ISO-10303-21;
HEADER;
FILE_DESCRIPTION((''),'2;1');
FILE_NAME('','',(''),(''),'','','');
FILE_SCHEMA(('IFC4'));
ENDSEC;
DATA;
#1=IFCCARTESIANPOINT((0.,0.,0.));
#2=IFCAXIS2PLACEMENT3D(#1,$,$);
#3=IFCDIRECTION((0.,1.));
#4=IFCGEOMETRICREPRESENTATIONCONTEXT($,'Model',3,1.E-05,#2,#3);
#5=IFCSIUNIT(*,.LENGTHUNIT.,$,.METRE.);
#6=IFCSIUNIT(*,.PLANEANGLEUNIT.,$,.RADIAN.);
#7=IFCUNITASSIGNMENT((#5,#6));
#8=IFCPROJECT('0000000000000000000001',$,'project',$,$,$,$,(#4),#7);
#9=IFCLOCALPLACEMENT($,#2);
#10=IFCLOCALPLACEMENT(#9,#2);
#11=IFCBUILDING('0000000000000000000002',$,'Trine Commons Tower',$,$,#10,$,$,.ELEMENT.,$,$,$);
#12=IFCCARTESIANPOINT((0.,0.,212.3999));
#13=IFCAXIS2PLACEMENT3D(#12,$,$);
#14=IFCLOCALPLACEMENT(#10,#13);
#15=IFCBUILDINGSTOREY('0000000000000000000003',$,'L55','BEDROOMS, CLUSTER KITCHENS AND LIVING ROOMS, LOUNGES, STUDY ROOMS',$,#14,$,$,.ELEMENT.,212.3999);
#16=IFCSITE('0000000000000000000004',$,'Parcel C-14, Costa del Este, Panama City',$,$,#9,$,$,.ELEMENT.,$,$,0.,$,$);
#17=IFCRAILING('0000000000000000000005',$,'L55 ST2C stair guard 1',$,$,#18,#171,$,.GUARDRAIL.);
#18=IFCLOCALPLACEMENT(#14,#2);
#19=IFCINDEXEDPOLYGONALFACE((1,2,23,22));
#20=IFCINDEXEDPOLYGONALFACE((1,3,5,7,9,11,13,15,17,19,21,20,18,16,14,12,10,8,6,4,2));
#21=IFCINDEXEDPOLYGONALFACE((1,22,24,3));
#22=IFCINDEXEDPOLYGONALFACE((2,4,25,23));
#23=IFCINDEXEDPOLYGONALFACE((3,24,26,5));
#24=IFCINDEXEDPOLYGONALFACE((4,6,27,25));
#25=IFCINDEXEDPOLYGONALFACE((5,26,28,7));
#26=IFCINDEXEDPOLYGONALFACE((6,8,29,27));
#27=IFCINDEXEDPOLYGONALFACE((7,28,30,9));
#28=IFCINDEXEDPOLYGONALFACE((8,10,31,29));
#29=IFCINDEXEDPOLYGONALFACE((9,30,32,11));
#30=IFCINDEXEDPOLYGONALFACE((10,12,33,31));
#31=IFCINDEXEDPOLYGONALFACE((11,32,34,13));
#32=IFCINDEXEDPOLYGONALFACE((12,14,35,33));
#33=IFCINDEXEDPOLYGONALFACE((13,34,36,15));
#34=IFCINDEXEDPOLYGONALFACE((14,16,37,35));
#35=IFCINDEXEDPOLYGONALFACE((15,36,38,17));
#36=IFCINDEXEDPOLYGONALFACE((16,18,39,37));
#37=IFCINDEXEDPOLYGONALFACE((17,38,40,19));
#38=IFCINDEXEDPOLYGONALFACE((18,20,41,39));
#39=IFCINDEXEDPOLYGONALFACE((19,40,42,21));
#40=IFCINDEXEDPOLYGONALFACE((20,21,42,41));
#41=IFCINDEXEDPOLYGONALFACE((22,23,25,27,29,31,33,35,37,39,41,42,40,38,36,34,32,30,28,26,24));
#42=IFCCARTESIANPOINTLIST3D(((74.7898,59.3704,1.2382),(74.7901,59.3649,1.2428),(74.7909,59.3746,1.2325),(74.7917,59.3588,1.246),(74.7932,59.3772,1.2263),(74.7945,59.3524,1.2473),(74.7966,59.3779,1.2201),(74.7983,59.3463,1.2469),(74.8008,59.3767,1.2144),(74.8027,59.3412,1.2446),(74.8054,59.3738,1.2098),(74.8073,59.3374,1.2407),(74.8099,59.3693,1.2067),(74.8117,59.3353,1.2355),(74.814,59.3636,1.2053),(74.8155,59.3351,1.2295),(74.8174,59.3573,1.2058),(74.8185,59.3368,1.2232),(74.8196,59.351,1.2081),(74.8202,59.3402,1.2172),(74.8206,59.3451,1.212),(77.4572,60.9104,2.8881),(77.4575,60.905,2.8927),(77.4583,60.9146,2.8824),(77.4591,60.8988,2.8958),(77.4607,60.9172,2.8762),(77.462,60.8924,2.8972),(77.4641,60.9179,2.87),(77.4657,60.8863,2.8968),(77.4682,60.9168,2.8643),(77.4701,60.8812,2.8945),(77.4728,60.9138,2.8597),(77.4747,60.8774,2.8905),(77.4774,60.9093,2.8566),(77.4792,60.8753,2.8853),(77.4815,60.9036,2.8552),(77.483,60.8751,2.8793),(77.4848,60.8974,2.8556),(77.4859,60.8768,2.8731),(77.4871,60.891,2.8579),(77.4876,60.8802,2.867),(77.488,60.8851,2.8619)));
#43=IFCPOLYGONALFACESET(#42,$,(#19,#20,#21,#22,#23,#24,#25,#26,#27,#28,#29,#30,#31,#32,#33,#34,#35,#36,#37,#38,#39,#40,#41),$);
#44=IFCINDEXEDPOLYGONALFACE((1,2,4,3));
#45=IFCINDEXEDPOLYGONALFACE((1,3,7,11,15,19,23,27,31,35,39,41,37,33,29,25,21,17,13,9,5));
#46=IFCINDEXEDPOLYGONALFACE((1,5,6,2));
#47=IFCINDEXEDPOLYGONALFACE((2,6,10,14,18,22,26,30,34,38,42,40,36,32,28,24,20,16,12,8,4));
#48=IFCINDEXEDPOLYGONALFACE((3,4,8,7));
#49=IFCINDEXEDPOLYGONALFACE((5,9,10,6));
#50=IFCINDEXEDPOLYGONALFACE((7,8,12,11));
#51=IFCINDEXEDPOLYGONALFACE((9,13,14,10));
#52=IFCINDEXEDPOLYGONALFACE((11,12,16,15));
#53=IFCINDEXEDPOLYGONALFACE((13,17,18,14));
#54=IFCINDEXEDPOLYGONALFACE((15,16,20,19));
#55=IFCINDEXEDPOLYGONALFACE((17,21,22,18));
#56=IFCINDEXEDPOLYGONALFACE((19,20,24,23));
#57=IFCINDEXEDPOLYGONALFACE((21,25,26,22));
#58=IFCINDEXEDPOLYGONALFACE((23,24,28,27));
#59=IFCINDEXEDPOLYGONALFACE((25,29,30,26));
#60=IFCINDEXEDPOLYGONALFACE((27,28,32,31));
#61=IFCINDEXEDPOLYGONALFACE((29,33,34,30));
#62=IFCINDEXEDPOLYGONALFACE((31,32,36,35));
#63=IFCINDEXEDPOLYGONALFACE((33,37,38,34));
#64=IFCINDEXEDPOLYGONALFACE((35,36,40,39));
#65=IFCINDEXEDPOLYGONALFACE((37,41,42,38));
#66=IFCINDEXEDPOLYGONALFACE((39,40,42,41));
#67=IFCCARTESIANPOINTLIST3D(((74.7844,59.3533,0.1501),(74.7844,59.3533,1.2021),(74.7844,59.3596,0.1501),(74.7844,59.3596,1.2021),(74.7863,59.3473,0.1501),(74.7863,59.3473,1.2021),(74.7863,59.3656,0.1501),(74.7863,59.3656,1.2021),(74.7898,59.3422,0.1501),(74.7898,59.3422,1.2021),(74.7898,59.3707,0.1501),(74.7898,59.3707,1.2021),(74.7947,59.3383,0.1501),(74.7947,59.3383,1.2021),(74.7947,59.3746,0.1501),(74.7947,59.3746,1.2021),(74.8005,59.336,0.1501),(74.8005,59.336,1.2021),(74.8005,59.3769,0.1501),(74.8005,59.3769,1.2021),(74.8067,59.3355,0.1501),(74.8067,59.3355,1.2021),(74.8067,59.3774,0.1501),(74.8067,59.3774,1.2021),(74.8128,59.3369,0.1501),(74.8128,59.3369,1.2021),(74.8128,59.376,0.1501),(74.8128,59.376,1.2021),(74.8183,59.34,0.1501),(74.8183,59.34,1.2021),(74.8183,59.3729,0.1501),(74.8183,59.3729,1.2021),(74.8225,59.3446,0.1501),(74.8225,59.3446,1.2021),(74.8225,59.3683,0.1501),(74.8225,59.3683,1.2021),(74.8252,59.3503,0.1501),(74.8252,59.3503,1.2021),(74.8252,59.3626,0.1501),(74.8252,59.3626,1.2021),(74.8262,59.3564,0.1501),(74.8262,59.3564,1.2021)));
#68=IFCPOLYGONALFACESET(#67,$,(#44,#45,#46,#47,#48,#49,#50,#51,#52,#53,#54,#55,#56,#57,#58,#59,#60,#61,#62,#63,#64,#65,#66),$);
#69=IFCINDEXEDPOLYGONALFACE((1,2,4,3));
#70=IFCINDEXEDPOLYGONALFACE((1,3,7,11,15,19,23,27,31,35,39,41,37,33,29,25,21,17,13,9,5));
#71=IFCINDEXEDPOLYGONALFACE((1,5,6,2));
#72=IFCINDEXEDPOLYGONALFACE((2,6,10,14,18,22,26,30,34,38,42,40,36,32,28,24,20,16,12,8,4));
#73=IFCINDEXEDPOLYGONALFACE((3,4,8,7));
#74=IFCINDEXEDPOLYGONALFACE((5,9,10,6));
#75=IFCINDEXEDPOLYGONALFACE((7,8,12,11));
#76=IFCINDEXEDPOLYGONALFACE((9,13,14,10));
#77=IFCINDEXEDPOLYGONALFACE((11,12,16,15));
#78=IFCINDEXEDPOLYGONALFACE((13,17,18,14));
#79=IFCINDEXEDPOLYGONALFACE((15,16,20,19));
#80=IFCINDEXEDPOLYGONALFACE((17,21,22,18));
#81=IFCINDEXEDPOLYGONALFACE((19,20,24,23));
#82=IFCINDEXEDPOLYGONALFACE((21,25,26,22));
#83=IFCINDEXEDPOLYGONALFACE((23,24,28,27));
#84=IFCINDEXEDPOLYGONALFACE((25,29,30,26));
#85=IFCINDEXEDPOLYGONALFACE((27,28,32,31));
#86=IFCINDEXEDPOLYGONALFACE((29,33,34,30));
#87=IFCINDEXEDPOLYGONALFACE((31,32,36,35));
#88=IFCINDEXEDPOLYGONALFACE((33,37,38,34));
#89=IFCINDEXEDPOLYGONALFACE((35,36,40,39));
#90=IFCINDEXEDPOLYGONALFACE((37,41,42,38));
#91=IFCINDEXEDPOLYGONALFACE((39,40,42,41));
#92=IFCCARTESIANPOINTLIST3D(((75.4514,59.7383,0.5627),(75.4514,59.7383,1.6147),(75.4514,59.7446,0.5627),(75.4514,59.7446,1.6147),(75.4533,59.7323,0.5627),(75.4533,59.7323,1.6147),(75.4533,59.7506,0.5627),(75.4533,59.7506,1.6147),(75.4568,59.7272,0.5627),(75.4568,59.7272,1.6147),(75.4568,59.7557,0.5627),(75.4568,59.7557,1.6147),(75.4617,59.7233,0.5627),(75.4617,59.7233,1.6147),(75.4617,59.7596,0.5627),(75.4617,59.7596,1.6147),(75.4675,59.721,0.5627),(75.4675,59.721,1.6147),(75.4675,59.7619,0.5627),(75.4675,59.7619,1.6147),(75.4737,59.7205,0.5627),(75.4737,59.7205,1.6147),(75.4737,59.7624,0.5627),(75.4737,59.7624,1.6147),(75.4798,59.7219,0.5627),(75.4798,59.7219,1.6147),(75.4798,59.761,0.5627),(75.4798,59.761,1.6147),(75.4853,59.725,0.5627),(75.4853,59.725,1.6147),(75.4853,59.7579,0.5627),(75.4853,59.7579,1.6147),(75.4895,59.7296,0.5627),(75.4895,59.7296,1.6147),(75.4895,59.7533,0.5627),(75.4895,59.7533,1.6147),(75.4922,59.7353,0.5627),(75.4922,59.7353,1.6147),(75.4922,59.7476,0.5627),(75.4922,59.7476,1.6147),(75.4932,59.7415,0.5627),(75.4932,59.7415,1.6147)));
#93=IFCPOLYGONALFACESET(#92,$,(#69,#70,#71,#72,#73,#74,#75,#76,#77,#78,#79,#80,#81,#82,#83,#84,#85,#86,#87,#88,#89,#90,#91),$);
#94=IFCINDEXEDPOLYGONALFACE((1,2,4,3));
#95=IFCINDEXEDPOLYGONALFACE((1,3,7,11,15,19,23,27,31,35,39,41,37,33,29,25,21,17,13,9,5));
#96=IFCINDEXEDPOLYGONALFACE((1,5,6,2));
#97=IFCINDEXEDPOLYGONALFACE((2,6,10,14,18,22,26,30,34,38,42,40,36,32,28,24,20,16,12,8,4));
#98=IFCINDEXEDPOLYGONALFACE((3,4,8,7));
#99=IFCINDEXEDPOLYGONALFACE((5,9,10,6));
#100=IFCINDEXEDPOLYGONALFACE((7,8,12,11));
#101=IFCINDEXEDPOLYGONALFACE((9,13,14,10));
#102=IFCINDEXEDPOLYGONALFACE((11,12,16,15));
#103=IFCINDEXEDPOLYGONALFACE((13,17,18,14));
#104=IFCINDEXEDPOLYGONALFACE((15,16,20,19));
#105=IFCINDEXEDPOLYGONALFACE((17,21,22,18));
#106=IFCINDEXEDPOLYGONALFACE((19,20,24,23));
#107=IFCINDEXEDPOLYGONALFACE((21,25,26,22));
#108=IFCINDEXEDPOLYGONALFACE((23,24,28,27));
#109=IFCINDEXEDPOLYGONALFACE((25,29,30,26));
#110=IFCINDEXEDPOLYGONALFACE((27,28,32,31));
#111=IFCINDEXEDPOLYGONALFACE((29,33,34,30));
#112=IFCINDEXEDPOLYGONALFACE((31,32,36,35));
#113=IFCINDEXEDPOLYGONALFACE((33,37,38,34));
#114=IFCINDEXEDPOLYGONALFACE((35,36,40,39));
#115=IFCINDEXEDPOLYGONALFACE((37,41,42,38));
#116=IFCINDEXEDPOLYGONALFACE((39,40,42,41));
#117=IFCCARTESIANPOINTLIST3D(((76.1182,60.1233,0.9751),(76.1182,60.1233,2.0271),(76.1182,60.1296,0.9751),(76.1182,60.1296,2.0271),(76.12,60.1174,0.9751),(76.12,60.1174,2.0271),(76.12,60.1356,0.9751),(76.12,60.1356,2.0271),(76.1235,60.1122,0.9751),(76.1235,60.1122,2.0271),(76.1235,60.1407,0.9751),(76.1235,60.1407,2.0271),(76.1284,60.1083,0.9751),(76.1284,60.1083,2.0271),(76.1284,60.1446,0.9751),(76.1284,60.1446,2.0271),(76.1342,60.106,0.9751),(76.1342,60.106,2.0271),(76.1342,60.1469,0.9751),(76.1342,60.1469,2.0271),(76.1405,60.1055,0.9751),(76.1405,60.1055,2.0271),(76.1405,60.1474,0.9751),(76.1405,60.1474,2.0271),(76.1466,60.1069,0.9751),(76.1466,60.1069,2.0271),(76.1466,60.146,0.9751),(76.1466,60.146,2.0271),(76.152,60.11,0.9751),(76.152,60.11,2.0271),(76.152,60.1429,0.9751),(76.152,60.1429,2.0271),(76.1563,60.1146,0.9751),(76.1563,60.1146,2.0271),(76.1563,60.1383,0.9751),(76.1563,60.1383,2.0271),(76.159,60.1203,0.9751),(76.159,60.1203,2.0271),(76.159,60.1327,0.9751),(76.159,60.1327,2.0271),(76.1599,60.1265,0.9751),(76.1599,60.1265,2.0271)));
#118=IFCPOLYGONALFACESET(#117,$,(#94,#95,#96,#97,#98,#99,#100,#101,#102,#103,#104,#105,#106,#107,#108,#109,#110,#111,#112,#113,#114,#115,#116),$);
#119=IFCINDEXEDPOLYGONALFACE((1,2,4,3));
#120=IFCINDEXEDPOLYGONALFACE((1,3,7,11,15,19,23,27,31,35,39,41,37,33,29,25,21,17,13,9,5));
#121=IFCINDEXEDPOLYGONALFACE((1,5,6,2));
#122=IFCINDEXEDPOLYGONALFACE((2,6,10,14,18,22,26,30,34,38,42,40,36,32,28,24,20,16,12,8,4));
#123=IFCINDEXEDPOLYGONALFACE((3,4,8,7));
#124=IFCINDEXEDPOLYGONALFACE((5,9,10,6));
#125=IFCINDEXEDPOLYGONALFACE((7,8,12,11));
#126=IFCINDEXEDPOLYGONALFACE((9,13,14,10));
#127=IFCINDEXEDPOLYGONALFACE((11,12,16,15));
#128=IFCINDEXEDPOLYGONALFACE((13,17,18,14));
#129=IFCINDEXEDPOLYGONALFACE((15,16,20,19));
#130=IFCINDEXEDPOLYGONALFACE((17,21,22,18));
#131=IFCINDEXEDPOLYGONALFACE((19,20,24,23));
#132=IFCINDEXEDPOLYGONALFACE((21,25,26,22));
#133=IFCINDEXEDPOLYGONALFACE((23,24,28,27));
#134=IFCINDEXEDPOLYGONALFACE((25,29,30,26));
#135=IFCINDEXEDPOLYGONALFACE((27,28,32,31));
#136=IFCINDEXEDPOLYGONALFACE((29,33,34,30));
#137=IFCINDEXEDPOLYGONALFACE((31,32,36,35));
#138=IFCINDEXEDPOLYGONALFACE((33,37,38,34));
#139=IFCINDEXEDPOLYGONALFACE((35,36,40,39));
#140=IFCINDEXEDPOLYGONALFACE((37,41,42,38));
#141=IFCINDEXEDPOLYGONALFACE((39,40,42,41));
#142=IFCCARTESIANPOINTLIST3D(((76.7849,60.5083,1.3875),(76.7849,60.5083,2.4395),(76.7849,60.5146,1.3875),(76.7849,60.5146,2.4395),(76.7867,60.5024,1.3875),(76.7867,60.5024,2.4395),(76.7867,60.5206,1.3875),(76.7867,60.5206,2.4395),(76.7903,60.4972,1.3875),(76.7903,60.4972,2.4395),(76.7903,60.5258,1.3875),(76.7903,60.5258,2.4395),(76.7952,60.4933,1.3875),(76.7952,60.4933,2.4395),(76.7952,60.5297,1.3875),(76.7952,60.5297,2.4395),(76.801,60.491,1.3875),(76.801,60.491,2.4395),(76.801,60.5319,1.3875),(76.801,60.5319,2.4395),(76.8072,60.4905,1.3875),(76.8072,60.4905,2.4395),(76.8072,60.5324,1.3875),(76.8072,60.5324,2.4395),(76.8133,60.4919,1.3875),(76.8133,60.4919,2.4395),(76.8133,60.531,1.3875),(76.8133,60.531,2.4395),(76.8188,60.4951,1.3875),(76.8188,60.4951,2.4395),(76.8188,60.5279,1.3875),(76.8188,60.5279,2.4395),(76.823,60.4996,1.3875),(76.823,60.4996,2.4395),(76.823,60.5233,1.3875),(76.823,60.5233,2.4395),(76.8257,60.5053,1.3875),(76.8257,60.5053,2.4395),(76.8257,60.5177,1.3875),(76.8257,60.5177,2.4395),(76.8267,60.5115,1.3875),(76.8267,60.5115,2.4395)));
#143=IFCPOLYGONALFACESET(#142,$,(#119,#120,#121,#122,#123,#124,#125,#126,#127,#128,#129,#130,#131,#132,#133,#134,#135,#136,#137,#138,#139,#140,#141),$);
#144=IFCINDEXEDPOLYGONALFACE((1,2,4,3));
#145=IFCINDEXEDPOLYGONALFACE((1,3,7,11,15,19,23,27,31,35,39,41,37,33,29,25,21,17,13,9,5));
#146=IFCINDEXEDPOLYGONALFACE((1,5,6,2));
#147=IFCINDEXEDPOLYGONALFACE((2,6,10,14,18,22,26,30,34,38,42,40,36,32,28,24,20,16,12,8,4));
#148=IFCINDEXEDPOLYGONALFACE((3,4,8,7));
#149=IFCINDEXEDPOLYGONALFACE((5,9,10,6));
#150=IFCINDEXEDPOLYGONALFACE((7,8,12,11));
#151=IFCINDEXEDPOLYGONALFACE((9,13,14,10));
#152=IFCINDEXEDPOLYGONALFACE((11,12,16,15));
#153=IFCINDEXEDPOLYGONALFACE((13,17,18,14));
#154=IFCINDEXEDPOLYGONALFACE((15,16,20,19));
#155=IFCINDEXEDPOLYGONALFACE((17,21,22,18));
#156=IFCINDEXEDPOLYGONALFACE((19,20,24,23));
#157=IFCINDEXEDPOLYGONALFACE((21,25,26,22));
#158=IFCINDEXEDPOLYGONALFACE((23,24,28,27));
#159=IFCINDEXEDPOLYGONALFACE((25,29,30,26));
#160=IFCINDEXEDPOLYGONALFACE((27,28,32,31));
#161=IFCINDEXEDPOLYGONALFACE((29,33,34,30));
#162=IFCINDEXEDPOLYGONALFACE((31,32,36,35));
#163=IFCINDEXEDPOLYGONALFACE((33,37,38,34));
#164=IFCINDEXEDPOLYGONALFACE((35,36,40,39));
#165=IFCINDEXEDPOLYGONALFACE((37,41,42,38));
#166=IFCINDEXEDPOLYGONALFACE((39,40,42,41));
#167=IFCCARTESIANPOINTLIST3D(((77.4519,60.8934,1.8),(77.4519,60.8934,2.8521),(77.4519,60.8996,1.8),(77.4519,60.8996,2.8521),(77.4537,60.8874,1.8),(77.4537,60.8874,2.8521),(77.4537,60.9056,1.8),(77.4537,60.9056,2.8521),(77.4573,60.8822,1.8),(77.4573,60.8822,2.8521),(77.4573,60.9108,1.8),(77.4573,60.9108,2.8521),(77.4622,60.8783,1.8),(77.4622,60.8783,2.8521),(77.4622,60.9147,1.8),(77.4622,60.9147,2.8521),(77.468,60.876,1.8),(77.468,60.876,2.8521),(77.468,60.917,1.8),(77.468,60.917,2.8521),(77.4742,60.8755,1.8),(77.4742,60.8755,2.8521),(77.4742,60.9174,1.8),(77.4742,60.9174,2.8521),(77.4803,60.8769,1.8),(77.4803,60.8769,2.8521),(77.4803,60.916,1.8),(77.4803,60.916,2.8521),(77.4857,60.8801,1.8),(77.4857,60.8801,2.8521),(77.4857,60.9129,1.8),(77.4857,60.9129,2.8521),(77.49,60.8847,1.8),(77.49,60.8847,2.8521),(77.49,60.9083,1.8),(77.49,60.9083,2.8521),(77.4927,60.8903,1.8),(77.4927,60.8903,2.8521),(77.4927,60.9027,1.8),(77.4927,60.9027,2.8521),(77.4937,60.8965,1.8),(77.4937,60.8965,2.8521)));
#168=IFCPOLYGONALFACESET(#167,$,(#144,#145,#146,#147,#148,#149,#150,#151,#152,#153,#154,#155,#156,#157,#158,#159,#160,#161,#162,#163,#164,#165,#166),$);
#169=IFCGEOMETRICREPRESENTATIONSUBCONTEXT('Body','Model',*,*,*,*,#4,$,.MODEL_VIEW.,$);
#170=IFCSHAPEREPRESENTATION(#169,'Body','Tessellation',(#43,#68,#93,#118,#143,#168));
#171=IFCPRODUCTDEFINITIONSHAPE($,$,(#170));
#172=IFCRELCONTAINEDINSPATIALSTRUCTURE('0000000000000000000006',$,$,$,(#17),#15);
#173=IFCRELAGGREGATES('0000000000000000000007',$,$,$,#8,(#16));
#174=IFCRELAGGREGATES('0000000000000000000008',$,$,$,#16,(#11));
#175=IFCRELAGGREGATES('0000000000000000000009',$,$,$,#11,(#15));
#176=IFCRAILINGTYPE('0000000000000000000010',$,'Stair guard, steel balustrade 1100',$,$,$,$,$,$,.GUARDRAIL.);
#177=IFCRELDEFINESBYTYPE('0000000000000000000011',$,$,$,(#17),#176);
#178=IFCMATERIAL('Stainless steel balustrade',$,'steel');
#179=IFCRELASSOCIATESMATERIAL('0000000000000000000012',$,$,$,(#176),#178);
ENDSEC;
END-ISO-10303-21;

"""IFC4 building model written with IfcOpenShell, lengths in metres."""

from ifc_helpers import new_model, si_unit, direction, frame, origin, origin_2d, place, context, subcontext, project, spatial, circle, extrude, material, type_object, element, save


model = new_model("IFC4")

# Units and contexts
model_context = context("Model", 3, precision=1e-05, world=origin(), true_north=direction((0.0, 1.0)))
body_context = subcontext(model_context, "Body", "Model", "MODEL_VIEW")
ifc_project = project(units=[si_unit("LENGTHUNIT", "METRE"), si_unit("PLANEANGLEUNIT", "RADIAN")], contexts=[model_context])

# Site, building, storey
site_placement = place(None, origin())
site = spatial("IfcSite", under=ifc_project, at=site_placement, Name="Parcel C-14, Costa del Este, Panama City", CompositionType="ELEMENT", RefElevation=0.0)
building_placement = place(site_placement, origin())
building = spatial("IfcBuilding", under=site, at=building_placement, Name="Trine Commons Tower", CompositionType="ELEMENT")
storey_placement = place(building_placement, frame((0.0, 0.0, 212.3999)))
storey = spatial("IfcBuildingStorey", under=building, at=storey_placement, Name="L55", Description="BEDROOMS, CLUSTER KITCHENS AND LIVING ROOMS, LOUNGES, STUDY ROOMS", CompositionType="ELEMENT", Elevation=212.3999)

# Railing
ifc_material_1 = material(Name="Stainless steel balustrade", Category="steel")
railing_type_1 = type_object("IfcRailingType", Name="Stair guard, steel balustrade 1100", PredefinedType="GUARDRAIL", material=ifc_material_1)
railing_1_placement = place(storey_placement, frame((74.8052, 59.3564, 0.1501)))
element("IfcRailing", 1, at=railing_1_placement, inside=storey, type_object=railing_type_1, Name="L55 ST2C stair guard 1", PredefinedType="GUARDRAIL", context=body_context, shape_type="SweptSolid", body=[
    extrude(circle(Radius=0.0239, at=origin_2d()), frame((0.0, 0.0, 1.0762), z_axis=(0.763405, 0.440743, 0.472185), x_axis=(-0.499992, 0.86603, 0.0)), (0.0, 0.0, 1.0), 3.4941),
    extrude(circle(Radius=0.021, at=origin_2d()), origin(), (0.0, 0.0, 1.0), 1.052),
    extrude(circle(Radius=0.021, at=origin_2d()), frame((0.667, 0.385, 0.4126)), (0.0, 0.0, 1.0), 1.052),
    extrude(circle(Radius=0.021, at=origin_2d()), frame((1.3337, 0.77, 0.825)), (0.0, 0.0, 1.0), 1.052),
    extrude(circle(Radius=0.021, at=origin_2d()), frame((2.0005, 1.155, 1.2373)), (0.0, 0.0, 1.0), 1.052),
    extrude(circle(Radius=0.021, at=origin_2d()), frame((2.6675, 1.54, 1.6499)), (0.0, 0.0, 1.0), 1.052),
])

save(model, "model.ifc")
